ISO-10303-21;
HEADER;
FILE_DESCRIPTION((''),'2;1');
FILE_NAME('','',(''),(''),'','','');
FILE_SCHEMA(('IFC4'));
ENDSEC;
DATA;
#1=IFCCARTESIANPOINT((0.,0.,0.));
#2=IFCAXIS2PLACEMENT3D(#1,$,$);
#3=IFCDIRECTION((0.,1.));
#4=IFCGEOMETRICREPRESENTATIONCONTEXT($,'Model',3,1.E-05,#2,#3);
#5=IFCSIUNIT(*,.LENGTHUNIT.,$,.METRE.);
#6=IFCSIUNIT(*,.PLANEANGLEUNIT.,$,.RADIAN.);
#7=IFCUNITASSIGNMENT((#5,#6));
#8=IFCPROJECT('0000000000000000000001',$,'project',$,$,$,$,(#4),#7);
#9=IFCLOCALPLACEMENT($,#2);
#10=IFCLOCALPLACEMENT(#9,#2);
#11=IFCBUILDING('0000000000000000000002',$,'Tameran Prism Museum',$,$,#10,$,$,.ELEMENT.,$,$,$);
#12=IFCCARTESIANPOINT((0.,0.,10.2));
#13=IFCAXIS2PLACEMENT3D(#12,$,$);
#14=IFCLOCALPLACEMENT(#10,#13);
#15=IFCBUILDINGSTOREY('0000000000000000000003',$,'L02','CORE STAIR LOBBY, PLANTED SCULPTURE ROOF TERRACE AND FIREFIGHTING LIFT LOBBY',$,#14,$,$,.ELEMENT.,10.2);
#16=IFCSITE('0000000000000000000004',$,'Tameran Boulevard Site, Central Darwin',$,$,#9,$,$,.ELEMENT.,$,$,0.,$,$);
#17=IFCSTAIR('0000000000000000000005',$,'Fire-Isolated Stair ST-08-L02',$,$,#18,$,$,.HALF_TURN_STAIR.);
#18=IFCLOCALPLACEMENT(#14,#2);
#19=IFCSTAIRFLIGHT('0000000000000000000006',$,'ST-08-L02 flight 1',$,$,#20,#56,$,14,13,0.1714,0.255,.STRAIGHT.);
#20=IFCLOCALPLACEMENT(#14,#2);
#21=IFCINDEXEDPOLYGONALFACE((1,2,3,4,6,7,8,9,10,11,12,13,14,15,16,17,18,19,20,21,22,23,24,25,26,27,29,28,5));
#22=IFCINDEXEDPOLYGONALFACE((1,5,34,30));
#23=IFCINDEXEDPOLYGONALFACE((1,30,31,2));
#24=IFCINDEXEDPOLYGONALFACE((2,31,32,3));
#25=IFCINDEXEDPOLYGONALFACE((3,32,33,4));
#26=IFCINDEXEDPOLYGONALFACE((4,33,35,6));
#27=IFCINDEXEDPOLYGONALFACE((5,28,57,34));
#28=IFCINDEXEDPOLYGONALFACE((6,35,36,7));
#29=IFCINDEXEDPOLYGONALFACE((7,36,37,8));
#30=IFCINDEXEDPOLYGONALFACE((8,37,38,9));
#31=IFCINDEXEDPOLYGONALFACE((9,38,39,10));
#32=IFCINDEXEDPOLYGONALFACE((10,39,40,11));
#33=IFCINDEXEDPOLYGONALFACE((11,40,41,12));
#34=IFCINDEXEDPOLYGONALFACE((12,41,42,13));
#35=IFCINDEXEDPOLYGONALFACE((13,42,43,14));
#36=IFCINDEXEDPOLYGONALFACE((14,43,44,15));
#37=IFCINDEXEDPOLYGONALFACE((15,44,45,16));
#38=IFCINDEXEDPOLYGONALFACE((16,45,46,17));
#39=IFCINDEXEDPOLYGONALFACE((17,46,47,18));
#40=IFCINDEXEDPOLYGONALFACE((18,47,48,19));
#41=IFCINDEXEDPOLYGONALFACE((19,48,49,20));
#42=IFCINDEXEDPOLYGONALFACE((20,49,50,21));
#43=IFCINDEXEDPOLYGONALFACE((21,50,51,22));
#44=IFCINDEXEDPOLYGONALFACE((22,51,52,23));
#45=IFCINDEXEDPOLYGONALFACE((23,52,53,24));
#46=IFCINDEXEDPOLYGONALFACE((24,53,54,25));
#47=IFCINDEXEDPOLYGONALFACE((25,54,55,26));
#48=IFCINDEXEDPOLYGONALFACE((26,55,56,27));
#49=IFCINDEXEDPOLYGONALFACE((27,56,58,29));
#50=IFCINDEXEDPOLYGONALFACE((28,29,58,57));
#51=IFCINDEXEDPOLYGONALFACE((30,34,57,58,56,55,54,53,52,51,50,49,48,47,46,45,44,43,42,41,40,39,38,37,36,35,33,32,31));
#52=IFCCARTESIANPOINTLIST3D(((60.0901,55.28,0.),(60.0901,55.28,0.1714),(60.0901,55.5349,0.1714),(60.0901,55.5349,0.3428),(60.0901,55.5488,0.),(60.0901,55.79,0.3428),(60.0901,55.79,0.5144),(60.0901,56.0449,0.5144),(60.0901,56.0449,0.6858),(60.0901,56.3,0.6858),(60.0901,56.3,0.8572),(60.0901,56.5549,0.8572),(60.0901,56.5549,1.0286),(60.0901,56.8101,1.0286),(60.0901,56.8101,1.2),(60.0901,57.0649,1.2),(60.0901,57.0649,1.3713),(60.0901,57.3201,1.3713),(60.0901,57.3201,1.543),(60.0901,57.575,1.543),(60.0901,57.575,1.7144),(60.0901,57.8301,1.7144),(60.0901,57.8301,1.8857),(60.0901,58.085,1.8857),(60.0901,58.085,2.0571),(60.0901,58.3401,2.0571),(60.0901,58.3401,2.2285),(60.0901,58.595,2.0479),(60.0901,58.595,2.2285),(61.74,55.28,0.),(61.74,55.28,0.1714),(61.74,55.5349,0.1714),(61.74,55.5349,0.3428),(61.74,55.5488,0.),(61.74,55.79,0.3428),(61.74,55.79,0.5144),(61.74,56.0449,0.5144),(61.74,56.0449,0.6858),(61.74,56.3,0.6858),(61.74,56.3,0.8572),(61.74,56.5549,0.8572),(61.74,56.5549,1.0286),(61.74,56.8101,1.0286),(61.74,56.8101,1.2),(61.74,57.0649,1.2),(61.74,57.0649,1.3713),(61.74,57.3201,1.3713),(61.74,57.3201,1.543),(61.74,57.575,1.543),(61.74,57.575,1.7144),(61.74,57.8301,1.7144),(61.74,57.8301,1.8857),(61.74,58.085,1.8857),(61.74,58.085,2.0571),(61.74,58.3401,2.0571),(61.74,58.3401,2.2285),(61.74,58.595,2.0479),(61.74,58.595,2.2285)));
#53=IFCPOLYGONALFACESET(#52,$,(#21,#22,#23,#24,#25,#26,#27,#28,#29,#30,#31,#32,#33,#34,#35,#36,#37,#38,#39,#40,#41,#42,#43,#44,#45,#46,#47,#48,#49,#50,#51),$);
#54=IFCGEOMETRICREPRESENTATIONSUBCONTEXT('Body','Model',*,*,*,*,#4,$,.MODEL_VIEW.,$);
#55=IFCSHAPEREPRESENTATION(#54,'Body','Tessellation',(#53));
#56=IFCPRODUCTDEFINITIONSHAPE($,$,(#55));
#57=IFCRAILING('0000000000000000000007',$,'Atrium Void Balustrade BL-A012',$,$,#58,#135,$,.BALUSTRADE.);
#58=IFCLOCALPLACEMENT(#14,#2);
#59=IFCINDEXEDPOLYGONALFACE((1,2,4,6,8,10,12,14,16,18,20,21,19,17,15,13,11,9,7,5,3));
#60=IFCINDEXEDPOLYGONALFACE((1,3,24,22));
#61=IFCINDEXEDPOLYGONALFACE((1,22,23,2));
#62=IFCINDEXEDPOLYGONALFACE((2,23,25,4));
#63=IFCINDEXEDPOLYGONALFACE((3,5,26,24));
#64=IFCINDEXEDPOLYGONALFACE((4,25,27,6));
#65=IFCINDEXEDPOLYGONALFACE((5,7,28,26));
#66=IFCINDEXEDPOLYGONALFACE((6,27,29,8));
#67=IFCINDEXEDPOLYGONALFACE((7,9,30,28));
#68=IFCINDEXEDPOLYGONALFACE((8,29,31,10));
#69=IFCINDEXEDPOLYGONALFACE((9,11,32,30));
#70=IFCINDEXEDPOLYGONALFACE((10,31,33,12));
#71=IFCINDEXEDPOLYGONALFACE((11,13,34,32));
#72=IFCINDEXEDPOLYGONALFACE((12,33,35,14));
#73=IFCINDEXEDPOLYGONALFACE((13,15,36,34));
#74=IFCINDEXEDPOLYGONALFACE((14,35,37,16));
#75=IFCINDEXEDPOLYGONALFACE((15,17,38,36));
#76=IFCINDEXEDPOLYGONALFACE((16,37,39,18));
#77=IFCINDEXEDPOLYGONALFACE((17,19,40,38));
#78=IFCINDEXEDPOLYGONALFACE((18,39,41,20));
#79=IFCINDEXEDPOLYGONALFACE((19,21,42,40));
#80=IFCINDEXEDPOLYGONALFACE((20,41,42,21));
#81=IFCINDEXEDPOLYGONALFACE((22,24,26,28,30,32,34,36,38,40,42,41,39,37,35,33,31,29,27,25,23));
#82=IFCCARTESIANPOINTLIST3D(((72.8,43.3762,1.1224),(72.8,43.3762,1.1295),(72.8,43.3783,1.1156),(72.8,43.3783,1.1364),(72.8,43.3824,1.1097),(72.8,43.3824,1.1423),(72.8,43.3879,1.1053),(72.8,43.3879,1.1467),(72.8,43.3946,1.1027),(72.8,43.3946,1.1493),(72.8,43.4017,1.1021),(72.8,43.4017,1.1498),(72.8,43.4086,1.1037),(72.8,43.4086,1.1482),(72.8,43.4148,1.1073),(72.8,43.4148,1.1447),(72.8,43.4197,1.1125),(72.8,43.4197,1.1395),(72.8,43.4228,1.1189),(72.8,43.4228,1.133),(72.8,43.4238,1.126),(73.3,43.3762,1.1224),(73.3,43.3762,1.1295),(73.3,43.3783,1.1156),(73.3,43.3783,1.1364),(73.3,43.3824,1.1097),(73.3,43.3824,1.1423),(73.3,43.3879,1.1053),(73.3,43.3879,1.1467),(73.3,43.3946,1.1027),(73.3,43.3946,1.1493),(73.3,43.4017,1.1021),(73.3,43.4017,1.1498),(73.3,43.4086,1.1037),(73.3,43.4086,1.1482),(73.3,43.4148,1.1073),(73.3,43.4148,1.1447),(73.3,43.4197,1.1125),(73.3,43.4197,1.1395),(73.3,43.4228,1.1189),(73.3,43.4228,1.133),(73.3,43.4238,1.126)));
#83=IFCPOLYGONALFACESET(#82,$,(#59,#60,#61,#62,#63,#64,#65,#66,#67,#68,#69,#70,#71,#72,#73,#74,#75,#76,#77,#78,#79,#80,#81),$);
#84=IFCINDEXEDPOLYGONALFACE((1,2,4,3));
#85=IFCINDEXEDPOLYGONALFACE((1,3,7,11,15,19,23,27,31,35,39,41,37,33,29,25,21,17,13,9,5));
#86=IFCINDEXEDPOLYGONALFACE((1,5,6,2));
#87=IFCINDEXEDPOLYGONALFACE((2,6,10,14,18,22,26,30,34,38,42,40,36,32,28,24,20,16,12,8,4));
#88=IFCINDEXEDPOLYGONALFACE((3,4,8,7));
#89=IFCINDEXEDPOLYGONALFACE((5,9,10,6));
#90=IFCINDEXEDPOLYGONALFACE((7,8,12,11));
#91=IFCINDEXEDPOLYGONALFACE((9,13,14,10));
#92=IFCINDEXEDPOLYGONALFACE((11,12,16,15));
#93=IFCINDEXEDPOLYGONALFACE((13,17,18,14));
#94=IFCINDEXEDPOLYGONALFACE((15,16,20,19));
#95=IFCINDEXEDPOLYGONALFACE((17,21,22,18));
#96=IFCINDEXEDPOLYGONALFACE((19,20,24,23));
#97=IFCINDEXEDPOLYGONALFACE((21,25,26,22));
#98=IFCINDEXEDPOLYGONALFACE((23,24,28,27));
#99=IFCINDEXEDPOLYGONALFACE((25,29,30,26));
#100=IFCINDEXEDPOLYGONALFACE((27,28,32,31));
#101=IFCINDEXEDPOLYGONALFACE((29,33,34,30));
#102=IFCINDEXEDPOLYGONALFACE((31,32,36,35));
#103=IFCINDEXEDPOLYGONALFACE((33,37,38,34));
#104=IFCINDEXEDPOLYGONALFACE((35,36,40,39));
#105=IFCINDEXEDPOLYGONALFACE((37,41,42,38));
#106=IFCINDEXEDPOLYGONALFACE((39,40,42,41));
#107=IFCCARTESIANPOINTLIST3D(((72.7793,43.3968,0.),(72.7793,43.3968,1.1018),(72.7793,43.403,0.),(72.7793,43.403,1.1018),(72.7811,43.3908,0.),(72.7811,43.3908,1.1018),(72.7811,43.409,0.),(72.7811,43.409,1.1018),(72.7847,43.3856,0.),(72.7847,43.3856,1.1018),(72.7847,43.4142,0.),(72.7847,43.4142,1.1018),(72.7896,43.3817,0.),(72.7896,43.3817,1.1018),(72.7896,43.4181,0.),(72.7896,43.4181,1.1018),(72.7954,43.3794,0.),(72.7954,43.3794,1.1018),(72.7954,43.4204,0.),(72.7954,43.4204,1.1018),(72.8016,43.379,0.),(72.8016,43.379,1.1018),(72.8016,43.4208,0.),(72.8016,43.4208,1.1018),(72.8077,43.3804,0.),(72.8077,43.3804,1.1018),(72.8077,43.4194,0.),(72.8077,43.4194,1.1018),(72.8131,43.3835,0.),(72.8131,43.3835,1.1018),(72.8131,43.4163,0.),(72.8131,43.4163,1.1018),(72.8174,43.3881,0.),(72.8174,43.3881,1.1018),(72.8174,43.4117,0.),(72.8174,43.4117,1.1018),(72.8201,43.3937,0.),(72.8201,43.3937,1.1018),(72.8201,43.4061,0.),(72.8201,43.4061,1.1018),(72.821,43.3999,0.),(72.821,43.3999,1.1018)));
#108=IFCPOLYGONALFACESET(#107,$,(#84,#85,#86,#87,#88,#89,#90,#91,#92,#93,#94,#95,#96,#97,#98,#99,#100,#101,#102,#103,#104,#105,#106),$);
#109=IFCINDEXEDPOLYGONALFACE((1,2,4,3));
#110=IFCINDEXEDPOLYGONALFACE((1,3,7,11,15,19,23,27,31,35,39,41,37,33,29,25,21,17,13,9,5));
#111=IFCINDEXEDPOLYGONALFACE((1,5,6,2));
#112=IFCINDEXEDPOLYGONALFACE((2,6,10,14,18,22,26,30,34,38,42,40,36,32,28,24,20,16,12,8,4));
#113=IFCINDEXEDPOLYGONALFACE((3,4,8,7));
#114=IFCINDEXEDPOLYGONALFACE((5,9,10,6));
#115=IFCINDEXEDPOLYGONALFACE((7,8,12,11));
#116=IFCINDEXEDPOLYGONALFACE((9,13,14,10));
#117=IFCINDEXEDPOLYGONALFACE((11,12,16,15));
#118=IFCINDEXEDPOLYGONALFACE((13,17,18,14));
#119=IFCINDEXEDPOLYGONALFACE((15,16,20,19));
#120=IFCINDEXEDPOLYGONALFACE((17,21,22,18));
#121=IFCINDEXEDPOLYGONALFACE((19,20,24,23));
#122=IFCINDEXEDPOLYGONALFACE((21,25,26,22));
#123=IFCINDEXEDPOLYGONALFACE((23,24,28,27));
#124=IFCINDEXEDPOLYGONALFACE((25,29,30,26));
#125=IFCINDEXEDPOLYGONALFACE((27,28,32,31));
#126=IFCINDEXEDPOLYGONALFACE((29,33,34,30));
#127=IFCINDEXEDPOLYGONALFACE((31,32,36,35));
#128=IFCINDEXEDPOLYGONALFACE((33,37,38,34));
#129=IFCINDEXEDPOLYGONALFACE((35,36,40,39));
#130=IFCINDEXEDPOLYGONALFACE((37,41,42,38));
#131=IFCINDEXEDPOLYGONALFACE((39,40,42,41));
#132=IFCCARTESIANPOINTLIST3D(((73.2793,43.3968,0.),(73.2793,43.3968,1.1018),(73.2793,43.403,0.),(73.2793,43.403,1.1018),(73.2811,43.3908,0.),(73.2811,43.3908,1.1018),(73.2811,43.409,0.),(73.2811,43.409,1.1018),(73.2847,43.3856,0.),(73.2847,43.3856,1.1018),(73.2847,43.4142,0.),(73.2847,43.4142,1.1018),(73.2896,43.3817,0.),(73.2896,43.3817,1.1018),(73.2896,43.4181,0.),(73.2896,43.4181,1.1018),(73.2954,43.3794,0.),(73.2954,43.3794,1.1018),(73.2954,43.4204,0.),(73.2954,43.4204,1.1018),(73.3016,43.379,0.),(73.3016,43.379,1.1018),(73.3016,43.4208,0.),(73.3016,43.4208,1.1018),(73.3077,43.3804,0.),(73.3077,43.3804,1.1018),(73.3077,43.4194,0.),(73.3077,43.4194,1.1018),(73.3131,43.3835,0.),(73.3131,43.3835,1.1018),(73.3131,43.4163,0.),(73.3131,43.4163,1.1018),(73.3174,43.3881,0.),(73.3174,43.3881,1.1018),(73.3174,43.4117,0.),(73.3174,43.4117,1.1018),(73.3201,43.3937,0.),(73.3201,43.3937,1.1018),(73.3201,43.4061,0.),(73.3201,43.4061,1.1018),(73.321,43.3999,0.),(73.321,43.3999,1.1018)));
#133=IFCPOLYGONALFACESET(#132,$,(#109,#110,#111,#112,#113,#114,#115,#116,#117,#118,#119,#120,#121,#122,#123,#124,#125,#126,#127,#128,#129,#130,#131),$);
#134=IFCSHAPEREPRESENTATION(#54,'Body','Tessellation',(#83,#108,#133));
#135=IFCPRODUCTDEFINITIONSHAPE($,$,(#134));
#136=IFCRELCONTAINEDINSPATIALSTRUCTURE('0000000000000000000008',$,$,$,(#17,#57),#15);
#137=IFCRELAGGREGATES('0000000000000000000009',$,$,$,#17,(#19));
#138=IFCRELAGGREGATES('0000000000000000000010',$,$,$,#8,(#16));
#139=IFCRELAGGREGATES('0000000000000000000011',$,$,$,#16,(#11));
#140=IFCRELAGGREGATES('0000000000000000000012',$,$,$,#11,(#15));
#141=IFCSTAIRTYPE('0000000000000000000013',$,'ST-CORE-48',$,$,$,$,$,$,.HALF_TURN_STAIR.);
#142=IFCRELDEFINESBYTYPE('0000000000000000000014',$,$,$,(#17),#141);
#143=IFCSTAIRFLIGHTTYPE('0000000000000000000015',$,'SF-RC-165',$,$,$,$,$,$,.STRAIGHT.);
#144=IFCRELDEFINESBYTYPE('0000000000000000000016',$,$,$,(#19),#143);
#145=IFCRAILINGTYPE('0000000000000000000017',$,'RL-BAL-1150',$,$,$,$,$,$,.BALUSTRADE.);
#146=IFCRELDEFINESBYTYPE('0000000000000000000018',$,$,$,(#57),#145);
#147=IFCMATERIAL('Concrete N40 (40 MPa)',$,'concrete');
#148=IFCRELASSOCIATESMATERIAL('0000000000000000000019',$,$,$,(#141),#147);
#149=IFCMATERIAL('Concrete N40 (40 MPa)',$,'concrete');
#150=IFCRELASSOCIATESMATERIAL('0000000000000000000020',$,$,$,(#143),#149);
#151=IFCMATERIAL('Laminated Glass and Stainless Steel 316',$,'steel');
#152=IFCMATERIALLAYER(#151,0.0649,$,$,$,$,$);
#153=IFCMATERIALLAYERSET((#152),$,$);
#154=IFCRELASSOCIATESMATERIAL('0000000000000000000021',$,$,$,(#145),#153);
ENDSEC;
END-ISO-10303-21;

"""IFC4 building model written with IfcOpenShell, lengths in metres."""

from ifc_helpers import new_model, si_unit, direction, frame, origin, origin_2d, place, context, subcontext, project, spatial, polyline, circle, outline, extrude, material, layer, layer_set, type_object, element, aggregate, save


model = new_model("IFC4")

# Units and contexts
model_context = context("Model", 3, precision=1e-05, world=origin(), true_north=direction((0.0, 1.0)))
body_context = subcontext(model_context, "Body", "Model", "MODEL_VIEW")
ifc_project = project(units=[si_unit("LENGTHUNIT", "METRE"), si_unit("PLANEANGLEUNIT", "RADIAN")], contexts=[model_context])

# Site, building, storey
site_placement = place(None, origin())
site = spatial("IfcSite", under=ifc_project, at=site_placement, Name="Tameran Boulevard Site, Central Darwin", CompositionType="ELEMENT", RefElevation=0.0)
building_placement = place(site_placement, origin())
building = spatial("IfcBuilding", under=site, at=building_placement, Name="Tameran Prism Museum", CompositionType="ELEMENT")
storey_placement = place(building_placement, frame((0.0, 0.0, 10.2)))
storey = spatial("IfcBuildingStorey", under=building, at=storey_placement, Name="L02", Description="CORE STAIR LOBBY, PLANTED SCULPTURE ROOF TERRACE AND FIREFIGHTING LIFT LOBBY", CompositionType="ELEMENT", Elevation=10.2)

# Stair, stair flight
ifc_material_1 = material(Name="Concrete N40 (40 MPa)", Category="concrete")
stair_type = type_object("IfcStairType", Name="ST-CORE-48", PredefinedType="HALF_TURN_STAIR", material=ifc_material_1)
stair_placement = place(storey_placement, origin())
stair = element("IfcStair", 1, at=stair_placement, inside=storey, type_object=stair_type, Name="Fire-Isolated Stair ST-08-L02", PredefinedType="HALF_TURN_STAIR")
ifc_material_2 = material(Name="Concrete N40 (40 MPa)", Category="concrete")
stair_flight_type = type_object("IfcStairFlightType", Name="SF-RC-165", PredefinedType="STRAIGHT", material=ifc_material_2)
stair_flight_placement = place(storey_placement, frame((60.915, 55.28, 0.0), z_axis=(0.0, 0.0, 1.0), x_axis=(0.0, 1.0, 0.0)))
stair_flight = element("IfcStairFlight", 2, at=stair_flight_placement, type_object=stair_flight_type, Name="ST-08-L02 flight 1", NumberOfRisers=14, NumberOfTreads=13, PredefinedType="STRAIGHT", RiserHeight=0.1714, TreadLength=0.255, context=body_context, shape_type="SweptSolid", body=[
    extrude(outline(polyline([(0.0, 0.0), (0.0, 0.1714), (0.2549, 0.1714), (0.2549, 0.3428), (0.51, 0.3428), (0.51, 0.5144), (0.7649, 0.5144), (0.7649, 0.6858), (1.02, 0.6858), (1.02, 0.8572), (1.2749, 0.8572), (1.2749, 1.0286), (1.53, 1.0286), (1.53, 1.2), (1.7849, 1.2), (1.7849, 1.3713), (2.04, 1.3713), (2.04, 1.543), (2.2949, 1.543), (2.2949, 1.7144), (2.55, 1.7144), (2.55, 1.8857), (2.8049, 1.8857), (2.8049, 2.0571), (3.0601, 2.0571), (3.0601, 2.2285), (3.3149, 2.2285), (3.3149, 2.3999), (3.3149, 2.0479), (0.2688, 0.0), (0.0, 0.0)])), frame((0.0, 0.825, 0.0), z_axis=(0.0, -1.0, 0.0), x_axis=(1.0, 0.0, 0.0)), (0.0, 0.0, 1.0), 1.6499),
])
aggregate(stair, [stair_flight])

# Railing
ifc_material_3 = material(Name="Laminated Glass and Stainless Steel 316", Category="steel")
ifc_layer_1 = layer(ifc_material_3, 0.0649)
ifc_layer_set_1 = layer_set([ifc_layer_1])
railing_type_1 = type_object("IfcRailingType", Name="RL-BAL-1150", PredefinedType="BALUSTRADE", material=ifc_layer_set_1)
railing_1_placement = place(storey_placement, frame((72.8, 43.3999, 0.0)))
element("IfcRailing", 3, at=railing_1_placement, inside=storey, type_object=railing_type_1, Name="Atrium Void Balustrade BL-A012", PredefinedType="BALUSTRADE", context=body_context, shape_type="SweptSolid", body=[
    extrude(circle(Radius=0.0239, at=origin_2d()), frame((0.0, 0.0, 1.126), z_axis=(1.0, 0.0, 0.0), x_axis=(0.0, 1.0, 0.0)), (0.0, 0.0, 1.0), 0.5),
    extrude(circle(Radius=0.021, at=origin_2d()), origin(), (0.0, 0.0, 1.0), 1.1018),
    extrude(circle(Radius=0.021, at=origin_2d()), frame((0.5, 0.0, 0.0)), (0.0, 0.0, 1.0), 1.1018),
])

save(model, "model.ifc")
